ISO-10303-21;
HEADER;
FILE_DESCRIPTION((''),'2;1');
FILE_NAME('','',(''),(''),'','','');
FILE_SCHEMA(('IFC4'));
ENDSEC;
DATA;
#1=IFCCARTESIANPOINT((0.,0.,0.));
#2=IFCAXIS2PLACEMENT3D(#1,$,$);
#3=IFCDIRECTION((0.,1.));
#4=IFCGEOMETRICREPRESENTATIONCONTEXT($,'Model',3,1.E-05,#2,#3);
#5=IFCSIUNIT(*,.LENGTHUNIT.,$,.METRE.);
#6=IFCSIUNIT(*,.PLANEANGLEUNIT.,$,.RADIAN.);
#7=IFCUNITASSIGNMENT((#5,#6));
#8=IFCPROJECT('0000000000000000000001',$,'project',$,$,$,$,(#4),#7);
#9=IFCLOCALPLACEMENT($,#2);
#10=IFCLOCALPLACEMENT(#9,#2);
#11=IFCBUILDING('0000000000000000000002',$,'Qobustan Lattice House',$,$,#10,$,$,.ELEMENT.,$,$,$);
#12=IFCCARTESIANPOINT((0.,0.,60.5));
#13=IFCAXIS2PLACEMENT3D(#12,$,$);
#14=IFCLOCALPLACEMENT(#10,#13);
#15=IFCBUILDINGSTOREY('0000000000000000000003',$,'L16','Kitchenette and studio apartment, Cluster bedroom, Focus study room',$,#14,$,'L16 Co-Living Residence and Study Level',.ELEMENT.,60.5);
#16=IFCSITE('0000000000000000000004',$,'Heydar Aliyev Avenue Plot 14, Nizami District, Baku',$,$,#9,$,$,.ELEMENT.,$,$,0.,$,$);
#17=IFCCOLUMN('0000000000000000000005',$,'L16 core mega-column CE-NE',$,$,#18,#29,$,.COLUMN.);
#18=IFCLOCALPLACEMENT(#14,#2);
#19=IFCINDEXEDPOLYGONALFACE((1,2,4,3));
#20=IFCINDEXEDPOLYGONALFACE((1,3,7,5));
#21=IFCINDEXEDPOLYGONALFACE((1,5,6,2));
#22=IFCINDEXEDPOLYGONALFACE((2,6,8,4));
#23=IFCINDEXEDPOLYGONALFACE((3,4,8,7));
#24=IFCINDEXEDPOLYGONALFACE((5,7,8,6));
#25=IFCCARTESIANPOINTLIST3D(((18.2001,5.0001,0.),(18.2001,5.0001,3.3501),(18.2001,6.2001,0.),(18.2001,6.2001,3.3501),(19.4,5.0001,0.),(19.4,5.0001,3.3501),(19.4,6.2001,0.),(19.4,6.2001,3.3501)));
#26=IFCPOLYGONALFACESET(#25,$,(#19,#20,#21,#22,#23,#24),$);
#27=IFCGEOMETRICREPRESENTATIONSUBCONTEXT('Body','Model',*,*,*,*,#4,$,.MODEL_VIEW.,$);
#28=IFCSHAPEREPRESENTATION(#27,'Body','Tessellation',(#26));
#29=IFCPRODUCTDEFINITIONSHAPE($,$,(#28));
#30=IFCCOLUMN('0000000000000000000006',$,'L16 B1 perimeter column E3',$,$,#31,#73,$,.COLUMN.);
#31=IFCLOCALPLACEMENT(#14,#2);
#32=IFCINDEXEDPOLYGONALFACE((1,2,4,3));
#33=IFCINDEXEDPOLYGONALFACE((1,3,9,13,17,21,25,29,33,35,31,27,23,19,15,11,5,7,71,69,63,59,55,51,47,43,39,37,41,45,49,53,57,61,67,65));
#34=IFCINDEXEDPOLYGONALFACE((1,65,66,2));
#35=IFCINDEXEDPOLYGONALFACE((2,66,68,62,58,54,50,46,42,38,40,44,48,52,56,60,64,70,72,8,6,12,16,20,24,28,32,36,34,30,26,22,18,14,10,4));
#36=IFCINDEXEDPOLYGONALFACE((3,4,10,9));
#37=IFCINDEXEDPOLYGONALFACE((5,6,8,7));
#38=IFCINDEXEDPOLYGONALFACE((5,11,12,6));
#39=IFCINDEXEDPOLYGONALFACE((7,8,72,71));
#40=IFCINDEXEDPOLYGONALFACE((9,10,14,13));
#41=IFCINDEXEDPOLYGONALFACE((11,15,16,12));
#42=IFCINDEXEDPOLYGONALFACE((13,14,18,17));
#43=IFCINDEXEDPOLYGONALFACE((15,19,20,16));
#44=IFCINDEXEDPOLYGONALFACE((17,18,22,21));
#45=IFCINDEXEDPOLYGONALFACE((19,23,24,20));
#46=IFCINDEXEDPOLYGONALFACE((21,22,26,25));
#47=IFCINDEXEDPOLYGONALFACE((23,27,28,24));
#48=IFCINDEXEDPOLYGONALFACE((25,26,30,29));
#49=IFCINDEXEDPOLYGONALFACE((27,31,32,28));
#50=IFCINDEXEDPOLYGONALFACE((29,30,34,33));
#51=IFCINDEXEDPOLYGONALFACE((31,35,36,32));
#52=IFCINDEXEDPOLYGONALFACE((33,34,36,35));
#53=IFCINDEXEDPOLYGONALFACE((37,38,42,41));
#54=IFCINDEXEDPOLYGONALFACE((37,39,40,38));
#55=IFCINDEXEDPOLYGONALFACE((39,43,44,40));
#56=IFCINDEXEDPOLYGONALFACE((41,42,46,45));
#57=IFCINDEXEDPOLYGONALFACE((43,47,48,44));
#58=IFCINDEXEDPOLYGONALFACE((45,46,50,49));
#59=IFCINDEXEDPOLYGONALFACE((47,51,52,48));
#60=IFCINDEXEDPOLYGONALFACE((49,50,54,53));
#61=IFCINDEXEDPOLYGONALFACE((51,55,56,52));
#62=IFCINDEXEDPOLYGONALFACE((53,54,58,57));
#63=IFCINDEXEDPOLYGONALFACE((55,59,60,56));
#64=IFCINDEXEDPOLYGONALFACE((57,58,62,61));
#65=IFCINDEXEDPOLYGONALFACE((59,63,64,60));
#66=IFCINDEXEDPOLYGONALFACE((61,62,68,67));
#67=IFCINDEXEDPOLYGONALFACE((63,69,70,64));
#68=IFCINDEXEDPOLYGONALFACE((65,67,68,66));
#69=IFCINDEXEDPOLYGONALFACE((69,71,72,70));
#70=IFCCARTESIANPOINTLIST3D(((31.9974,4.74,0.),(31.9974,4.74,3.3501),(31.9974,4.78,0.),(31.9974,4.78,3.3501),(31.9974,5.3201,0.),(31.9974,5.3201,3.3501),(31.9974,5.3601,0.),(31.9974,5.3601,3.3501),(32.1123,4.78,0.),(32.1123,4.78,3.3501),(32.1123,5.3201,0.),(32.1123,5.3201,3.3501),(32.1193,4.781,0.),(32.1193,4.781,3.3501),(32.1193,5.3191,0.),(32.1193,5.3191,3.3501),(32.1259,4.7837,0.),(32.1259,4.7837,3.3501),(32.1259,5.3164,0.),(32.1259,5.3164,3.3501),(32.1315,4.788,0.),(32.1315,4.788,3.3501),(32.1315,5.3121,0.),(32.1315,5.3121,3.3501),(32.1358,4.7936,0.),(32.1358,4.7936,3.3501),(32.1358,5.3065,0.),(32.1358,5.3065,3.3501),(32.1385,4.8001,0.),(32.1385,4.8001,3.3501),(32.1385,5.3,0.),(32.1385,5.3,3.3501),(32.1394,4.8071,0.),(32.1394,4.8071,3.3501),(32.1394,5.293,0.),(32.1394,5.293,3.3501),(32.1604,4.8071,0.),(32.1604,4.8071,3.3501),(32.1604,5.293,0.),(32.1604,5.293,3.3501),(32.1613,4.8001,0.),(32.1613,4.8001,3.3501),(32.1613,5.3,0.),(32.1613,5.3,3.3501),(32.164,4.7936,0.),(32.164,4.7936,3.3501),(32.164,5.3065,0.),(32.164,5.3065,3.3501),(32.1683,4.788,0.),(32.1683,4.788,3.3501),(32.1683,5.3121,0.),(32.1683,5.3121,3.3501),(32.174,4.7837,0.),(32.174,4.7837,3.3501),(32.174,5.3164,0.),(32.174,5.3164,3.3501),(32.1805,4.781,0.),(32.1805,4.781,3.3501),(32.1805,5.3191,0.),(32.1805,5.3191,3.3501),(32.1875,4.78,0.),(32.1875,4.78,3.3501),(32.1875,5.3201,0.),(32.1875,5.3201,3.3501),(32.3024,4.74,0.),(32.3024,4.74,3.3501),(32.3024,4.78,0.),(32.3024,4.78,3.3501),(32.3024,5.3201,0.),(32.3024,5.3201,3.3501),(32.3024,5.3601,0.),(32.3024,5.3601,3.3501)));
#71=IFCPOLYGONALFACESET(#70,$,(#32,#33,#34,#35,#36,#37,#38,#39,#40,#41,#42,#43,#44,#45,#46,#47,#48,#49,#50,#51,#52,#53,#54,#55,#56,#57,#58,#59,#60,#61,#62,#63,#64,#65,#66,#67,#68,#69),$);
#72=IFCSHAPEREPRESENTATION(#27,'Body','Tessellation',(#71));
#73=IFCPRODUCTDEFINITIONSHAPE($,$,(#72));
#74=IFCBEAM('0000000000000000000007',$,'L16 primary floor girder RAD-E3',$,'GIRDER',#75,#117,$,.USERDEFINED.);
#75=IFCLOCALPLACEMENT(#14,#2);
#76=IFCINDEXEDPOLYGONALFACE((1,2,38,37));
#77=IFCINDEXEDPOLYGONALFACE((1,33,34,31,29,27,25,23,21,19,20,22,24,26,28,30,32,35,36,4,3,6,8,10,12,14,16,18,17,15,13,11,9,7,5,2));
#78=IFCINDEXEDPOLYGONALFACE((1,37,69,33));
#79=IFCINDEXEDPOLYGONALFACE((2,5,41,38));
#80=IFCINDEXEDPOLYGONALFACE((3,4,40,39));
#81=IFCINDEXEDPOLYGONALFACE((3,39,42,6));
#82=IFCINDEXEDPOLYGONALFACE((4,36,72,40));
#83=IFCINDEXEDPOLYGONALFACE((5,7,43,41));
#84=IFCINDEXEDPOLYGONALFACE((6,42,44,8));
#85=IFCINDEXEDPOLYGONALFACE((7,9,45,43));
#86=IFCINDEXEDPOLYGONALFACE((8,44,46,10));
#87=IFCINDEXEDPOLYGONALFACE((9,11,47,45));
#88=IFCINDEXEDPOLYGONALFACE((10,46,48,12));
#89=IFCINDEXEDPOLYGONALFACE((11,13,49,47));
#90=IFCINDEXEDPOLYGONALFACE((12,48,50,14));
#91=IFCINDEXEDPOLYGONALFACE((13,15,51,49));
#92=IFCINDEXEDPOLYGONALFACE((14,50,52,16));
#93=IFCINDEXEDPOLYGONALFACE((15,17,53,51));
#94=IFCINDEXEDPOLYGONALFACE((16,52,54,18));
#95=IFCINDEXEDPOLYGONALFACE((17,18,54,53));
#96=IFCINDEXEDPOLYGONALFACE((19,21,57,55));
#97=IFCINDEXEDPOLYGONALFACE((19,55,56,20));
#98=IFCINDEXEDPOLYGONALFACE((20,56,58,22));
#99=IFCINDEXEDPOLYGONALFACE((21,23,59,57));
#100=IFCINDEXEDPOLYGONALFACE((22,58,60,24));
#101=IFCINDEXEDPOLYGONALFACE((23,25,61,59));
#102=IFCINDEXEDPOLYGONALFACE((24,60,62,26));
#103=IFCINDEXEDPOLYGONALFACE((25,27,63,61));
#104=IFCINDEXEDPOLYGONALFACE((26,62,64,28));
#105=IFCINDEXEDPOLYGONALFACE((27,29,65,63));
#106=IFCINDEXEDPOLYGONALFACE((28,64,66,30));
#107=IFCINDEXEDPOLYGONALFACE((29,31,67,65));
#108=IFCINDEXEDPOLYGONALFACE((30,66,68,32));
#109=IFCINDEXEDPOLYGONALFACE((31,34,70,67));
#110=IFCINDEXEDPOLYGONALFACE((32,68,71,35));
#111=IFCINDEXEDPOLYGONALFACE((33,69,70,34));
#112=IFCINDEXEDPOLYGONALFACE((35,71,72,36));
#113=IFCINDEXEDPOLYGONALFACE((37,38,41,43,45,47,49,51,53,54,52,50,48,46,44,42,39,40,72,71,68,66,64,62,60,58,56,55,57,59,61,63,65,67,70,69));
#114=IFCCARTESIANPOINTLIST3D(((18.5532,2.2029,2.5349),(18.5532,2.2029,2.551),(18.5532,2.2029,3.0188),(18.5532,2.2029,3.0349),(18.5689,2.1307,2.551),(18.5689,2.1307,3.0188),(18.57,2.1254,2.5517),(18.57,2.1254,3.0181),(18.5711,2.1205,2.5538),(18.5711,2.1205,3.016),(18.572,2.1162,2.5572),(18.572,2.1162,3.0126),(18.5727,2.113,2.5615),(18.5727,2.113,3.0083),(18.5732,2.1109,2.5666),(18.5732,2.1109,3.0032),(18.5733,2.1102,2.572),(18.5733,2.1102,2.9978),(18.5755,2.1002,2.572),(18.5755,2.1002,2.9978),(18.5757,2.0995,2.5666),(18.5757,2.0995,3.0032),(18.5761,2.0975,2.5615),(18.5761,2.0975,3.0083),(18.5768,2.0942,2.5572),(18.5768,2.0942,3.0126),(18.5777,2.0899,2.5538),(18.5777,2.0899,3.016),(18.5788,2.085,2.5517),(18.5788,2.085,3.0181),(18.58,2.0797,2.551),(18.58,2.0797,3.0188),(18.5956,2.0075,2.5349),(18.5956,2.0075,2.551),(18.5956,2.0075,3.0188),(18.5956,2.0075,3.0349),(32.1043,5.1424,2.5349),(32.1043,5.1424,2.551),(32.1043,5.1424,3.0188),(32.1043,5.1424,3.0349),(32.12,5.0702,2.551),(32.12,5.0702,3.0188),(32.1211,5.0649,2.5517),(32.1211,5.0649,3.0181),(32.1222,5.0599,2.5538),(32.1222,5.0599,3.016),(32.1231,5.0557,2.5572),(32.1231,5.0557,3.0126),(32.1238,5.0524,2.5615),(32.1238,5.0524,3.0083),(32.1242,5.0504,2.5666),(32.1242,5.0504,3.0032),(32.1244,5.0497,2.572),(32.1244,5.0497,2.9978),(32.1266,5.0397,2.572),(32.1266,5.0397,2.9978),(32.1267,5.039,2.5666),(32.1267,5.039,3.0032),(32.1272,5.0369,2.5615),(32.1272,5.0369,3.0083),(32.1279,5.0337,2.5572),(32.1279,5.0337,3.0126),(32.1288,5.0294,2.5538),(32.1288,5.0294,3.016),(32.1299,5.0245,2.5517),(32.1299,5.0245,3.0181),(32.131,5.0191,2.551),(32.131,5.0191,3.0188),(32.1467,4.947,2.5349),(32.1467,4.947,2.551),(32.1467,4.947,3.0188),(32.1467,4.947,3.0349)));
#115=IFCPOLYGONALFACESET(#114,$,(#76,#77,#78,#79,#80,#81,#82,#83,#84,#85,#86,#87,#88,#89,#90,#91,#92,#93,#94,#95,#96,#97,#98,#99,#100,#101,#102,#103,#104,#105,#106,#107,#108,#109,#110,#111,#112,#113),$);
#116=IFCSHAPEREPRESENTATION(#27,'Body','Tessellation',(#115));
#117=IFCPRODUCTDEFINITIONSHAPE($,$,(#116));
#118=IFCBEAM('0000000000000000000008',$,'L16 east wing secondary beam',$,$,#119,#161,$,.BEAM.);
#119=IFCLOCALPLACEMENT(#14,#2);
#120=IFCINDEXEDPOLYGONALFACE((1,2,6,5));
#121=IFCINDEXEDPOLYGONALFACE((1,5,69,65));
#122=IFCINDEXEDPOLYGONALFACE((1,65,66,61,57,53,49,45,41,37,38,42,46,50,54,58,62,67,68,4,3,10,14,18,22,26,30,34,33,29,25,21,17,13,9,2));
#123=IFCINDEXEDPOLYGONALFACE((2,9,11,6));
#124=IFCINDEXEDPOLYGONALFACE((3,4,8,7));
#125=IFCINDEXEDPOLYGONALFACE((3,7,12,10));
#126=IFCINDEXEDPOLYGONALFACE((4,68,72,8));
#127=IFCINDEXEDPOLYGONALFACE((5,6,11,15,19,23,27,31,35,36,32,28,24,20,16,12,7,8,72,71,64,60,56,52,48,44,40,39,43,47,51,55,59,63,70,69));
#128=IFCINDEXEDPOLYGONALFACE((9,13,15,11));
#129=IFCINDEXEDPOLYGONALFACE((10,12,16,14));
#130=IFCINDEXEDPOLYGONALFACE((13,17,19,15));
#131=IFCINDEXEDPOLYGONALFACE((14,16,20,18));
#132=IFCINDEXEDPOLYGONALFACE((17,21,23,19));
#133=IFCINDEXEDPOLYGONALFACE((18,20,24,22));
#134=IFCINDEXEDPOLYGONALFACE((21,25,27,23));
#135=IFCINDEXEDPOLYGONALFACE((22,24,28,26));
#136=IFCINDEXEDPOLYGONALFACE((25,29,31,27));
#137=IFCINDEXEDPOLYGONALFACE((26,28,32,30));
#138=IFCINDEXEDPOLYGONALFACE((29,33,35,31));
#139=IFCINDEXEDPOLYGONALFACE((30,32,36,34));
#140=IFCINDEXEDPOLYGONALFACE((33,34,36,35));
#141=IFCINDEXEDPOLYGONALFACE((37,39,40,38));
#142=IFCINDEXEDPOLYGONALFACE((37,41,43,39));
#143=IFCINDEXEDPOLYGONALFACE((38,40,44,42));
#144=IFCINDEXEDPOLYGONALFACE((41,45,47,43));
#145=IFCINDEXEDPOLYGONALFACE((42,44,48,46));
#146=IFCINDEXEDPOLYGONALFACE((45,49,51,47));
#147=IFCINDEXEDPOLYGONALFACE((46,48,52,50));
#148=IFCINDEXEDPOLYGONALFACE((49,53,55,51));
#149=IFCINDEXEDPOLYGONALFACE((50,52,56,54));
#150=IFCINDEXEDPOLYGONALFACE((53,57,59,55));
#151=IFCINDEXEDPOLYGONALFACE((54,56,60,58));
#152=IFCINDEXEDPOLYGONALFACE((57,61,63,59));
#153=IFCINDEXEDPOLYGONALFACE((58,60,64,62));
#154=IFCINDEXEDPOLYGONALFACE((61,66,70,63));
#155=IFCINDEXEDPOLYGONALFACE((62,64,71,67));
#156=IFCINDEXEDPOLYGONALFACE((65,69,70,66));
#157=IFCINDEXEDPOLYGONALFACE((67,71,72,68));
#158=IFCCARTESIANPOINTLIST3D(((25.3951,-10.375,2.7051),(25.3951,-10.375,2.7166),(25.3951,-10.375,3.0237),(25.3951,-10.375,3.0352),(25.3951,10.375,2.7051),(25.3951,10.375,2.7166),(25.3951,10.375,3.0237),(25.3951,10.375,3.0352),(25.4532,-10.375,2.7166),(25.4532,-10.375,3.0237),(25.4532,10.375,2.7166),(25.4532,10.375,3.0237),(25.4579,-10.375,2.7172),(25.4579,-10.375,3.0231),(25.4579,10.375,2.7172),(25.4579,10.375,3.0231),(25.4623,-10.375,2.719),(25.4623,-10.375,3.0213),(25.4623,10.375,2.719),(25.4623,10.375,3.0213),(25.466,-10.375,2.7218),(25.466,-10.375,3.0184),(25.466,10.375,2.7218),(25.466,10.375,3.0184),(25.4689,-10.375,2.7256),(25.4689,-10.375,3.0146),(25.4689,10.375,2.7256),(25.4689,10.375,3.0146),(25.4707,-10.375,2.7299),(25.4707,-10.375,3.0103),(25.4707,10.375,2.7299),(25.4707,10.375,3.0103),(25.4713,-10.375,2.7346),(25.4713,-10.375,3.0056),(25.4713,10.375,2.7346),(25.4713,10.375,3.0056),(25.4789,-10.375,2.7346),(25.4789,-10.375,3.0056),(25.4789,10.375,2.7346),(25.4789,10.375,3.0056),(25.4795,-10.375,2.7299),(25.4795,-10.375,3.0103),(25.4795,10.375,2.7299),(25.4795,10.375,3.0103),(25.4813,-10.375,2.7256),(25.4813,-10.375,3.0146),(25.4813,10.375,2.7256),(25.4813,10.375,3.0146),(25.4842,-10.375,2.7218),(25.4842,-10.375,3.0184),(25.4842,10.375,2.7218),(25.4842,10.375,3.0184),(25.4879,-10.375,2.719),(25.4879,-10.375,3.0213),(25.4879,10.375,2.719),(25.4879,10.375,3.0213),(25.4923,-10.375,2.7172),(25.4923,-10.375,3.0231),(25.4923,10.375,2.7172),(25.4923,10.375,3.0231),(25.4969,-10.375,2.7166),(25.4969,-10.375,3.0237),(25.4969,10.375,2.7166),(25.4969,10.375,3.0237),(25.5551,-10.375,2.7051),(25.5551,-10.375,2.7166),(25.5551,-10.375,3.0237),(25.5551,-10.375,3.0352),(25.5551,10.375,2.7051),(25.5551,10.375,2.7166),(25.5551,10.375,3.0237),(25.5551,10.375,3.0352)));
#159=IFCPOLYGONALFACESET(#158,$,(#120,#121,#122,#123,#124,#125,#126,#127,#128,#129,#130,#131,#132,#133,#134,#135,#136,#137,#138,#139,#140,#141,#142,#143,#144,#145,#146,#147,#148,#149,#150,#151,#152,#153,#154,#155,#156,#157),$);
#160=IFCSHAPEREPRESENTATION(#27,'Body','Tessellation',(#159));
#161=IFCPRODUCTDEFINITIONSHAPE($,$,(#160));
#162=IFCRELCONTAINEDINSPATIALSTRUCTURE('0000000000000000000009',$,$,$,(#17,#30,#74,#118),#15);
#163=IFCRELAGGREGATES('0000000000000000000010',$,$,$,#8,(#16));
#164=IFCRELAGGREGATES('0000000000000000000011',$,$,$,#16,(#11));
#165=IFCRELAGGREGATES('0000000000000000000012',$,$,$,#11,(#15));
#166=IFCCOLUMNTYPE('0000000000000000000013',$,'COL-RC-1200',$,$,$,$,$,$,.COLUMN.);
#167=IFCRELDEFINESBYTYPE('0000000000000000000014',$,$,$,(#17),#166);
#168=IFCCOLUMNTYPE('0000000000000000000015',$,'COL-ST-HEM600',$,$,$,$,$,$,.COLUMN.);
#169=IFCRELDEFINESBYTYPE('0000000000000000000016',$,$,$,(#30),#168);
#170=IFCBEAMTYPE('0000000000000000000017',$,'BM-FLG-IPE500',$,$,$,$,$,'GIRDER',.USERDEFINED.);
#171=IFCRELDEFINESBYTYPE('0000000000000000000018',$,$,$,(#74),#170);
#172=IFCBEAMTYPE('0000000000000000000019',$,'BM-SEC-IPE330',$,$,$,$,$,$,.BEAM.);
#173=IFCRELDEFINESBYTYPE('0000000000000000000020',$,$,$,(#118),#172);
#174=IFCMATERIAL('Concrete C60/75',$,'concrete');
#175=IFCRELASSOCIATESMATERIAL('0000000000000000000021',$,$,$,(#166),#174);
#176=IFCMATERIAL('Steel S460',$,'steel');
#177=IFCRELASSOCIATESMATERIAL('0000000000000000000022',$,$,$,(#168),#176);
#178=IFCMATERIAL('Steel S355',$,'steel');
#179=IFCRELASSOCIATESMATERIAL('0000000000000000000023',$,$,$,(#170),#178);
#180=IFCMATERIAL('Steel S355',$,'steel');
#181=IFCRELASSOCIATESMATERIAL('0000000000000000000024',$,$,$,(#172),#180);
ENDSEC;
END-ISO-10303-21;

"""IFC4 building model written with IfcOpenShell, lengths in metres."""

from ifc_helpers import new_model, si_unit, direction, frame, origin, origin_2d, place, context, subcontext, project, spatial, rectangle, i_section, extrude, material, material_profile, profile_set, type_object, element, save


model = new_model("IFC4")

# Units and contexts
model_context = context("Model", 3, precision=1e-05, world=origin(), true_north=direction((0.0, 1.0)))
body_context = subcontext(model_context, "Body", "Model", "MODEL_VIEW")
ifc_project = project(units=[si_unit("LENGTHUNIT", "METRE"), si_unit("PLANEANGLEUNIT", "RADIAN")], contexts=[model_context])

# Site, building, storey
site_placement = place(None, origin())
site = spatial("IfcSite", under=ifc_project, at=site_placement, Name="Heydar Aliyev Avenue Plot 14, Nizami District, Baku", CompositionType="ELEMENT", RefElevation=0.0)
building_placement = place(site_placement, origin())
building = spatial("IfcBuilding", under=site, at=building_placement, Name="Qobustan Lattice House", CompositionType="ELEMENT")
storey_placement = place(building_placement, frame((0.0, 0.0, 60.5)))
storey = spatial("IfcBuildingStorey", under=building, at=storey_placement, Name="L16", Description="Kitchenette and studio apartment, Cluster bedroom, Focus study room", LongName="L16 Co-Living Residence and Study Level", CompositionType="ELEMENT", Elevation=60.5)

# Columns
ifc_material_1 = material(Name="Concrete C60/75", Category="concrete")
ifc_material_profile_1 = material_profile(ifc_material_1, rectangle(XDim=1.2, YDim=1.2, at=origin_2d()), Name="RC1200x1200")
ifc_profile_set_1 = profile_set([ifc_material_profile_1], Name="Concrete C60/75")
column_type_1 = type_object("IfcColumnType", Name="COL-RC-1200", PredefinedType="COLUMN", material=ifc_profile_set_1)
column_1_placement = place(storey_placement, frame((18.8, 5.6001, 0.0), z_axis=(0.0, 0.0, 1.0), x_axis=(1.0, 0.0, 0.0)))
element("IfcColumn", 1, at=column_1_placement, inside=storey, type_object=column_type_1, Name="L16 core mega-column CE-NE", PredefinedType="COLUMN", context=body_context, shape_type="SweptSolid", body=[
    extrude(rectangle(XDim=1.2, YDim=1.2, at=origin_2d()), origin(), (0.0, 0.0, 1.0), 3.3501),
])
ifc_material_2 = material(Name="Steel S460", Category="steel")
ifc_material_profile_2 = material_profile(ifc_material_2, i_section(OverallWidth=0.3049, OverallDepth=0.6201, WebThickness=0.021, FlangeThickness=0.04, FilletRadius=0.0271, at=origin_2d()), Name="HEM600")
ifc_profile_set_2 = profile_set([ifc_material_profile_2], Name="Steel S460")
column_type_2 = type_object("IfcColumnType", Name="COL-ST-HEM600", PredefinedType="COLUMN", material=ifc_profile_set_2)
column_2_placement = place(storey_placement, frame((32.1499, 5.05, 0.0), z_axis=(0.0, 0.0, 1.0), x_axis=(1.0, 0.0, 0.0)))
element("IfcColumn", 2, at=column_2_placement, inside=storey, type_object=column_type_2, Name="L16 B1 perimeter column E3", PredefinedType="COLUMN", context=body_context, shape_type="SweptSolid", body=[
    extrude(i_section(OverallWidth=0.3049, OverallDepth=0.6201, WebThickness=0.021, FlangeThickness=0.04, FilletRadius=0.0271, at=origin_2d()), origin(), (0.0, 0.0, 1.0), 3.3501),
])

# Beams
ifc_material_3 = material(Name="Steel S355", Category="steel")
ifc_material_profile_3 = material_profile(ifc_material_3, i_section(OverallWidth=0.2, OverallDepth=0.5, WebThickness=0.0103, FlangeThickness=0.0161, FilletRadius=0.021, at=origin_2d()), Name="IPE500")
ifc_profile_set_3 = profile_set([ifc_material_profile_3], Name="Steel S355")
beam_type_1 = type_object("IfcBeamType", Name="BM-FLG-IPE500", ElementType="GIRDER", PredefinedType="USERDEFINED", material=ifc_profile_set_3)
beam_1_placement = place(storey_placement, frame((32.1255, 5.0447, 2.7849), z_axis=(-0.977272, -0.211987, 0.0), x_axis=(0.211987, -0.977272, 0.0)))
element("IfcBeam", 3, at=beam_1_placement, inside=storey, type_object=beam_type_1, Name="L16 primary floor girder RAD-E3", ObjectType="GIRDER", PredefinedType="USERDEFINED", context=body_context, shape_type="SweptSolid", body=[
    extrude(i_section(OverallWidth=0.2, OverallDepth=0.5, WebThickness=0.0103, FlangeThickness=0.0161, FilletRadius=0.021, at=origin_2d()), origin(), (0.0, 0.0, 1.0), 13.8662),
])
ifc_material_4 = material(Name="Steel S355", Category="steel")
ifc_material_profile_4 = material_profile(ifc_material_4, i_section(OverallWidth=0.1599, OverallDepth=0.3301, WebThickness=0.0076, FlangeThickness=0.0115, FilletRadius=0.0181, at=origin_2d()), Name="IPE330")
ifc_profile_set_4 = profile_set([ifc_material_profile_4], Name="Steel S355")
beam_type_2 = type_object("IfcBeamType", Name="BM-SEC-IPE330", PredefinedType="BEAM", material=ifc_profile_set_4)
beam_2_placement = place(storey_placement, frame((25.4751, 10.375, 2.8701), z_axis=(0.0, -1.0, 0.0), x_axis=(1.0, 0.0, 0.0)))
element("IfcBeam", 4, at=beam_2_placement, inside=storey, type_object=beam_type_2, Name="L16 east wing secondary beam", PredefinedType="BEAM", context=body_context, shape_type="SweptSolid", body=[
    extrude(i_section(OverallWidth=0.1599, OverallDepth=0.3301, WebThickness=0.0076, FlangeThickness=0.0115, FilletRadius=0.0181, at=origin_2d()), origin(), (0.0, 0.0, 1.0), 20.75),
])

save(model, "model.ifc")
